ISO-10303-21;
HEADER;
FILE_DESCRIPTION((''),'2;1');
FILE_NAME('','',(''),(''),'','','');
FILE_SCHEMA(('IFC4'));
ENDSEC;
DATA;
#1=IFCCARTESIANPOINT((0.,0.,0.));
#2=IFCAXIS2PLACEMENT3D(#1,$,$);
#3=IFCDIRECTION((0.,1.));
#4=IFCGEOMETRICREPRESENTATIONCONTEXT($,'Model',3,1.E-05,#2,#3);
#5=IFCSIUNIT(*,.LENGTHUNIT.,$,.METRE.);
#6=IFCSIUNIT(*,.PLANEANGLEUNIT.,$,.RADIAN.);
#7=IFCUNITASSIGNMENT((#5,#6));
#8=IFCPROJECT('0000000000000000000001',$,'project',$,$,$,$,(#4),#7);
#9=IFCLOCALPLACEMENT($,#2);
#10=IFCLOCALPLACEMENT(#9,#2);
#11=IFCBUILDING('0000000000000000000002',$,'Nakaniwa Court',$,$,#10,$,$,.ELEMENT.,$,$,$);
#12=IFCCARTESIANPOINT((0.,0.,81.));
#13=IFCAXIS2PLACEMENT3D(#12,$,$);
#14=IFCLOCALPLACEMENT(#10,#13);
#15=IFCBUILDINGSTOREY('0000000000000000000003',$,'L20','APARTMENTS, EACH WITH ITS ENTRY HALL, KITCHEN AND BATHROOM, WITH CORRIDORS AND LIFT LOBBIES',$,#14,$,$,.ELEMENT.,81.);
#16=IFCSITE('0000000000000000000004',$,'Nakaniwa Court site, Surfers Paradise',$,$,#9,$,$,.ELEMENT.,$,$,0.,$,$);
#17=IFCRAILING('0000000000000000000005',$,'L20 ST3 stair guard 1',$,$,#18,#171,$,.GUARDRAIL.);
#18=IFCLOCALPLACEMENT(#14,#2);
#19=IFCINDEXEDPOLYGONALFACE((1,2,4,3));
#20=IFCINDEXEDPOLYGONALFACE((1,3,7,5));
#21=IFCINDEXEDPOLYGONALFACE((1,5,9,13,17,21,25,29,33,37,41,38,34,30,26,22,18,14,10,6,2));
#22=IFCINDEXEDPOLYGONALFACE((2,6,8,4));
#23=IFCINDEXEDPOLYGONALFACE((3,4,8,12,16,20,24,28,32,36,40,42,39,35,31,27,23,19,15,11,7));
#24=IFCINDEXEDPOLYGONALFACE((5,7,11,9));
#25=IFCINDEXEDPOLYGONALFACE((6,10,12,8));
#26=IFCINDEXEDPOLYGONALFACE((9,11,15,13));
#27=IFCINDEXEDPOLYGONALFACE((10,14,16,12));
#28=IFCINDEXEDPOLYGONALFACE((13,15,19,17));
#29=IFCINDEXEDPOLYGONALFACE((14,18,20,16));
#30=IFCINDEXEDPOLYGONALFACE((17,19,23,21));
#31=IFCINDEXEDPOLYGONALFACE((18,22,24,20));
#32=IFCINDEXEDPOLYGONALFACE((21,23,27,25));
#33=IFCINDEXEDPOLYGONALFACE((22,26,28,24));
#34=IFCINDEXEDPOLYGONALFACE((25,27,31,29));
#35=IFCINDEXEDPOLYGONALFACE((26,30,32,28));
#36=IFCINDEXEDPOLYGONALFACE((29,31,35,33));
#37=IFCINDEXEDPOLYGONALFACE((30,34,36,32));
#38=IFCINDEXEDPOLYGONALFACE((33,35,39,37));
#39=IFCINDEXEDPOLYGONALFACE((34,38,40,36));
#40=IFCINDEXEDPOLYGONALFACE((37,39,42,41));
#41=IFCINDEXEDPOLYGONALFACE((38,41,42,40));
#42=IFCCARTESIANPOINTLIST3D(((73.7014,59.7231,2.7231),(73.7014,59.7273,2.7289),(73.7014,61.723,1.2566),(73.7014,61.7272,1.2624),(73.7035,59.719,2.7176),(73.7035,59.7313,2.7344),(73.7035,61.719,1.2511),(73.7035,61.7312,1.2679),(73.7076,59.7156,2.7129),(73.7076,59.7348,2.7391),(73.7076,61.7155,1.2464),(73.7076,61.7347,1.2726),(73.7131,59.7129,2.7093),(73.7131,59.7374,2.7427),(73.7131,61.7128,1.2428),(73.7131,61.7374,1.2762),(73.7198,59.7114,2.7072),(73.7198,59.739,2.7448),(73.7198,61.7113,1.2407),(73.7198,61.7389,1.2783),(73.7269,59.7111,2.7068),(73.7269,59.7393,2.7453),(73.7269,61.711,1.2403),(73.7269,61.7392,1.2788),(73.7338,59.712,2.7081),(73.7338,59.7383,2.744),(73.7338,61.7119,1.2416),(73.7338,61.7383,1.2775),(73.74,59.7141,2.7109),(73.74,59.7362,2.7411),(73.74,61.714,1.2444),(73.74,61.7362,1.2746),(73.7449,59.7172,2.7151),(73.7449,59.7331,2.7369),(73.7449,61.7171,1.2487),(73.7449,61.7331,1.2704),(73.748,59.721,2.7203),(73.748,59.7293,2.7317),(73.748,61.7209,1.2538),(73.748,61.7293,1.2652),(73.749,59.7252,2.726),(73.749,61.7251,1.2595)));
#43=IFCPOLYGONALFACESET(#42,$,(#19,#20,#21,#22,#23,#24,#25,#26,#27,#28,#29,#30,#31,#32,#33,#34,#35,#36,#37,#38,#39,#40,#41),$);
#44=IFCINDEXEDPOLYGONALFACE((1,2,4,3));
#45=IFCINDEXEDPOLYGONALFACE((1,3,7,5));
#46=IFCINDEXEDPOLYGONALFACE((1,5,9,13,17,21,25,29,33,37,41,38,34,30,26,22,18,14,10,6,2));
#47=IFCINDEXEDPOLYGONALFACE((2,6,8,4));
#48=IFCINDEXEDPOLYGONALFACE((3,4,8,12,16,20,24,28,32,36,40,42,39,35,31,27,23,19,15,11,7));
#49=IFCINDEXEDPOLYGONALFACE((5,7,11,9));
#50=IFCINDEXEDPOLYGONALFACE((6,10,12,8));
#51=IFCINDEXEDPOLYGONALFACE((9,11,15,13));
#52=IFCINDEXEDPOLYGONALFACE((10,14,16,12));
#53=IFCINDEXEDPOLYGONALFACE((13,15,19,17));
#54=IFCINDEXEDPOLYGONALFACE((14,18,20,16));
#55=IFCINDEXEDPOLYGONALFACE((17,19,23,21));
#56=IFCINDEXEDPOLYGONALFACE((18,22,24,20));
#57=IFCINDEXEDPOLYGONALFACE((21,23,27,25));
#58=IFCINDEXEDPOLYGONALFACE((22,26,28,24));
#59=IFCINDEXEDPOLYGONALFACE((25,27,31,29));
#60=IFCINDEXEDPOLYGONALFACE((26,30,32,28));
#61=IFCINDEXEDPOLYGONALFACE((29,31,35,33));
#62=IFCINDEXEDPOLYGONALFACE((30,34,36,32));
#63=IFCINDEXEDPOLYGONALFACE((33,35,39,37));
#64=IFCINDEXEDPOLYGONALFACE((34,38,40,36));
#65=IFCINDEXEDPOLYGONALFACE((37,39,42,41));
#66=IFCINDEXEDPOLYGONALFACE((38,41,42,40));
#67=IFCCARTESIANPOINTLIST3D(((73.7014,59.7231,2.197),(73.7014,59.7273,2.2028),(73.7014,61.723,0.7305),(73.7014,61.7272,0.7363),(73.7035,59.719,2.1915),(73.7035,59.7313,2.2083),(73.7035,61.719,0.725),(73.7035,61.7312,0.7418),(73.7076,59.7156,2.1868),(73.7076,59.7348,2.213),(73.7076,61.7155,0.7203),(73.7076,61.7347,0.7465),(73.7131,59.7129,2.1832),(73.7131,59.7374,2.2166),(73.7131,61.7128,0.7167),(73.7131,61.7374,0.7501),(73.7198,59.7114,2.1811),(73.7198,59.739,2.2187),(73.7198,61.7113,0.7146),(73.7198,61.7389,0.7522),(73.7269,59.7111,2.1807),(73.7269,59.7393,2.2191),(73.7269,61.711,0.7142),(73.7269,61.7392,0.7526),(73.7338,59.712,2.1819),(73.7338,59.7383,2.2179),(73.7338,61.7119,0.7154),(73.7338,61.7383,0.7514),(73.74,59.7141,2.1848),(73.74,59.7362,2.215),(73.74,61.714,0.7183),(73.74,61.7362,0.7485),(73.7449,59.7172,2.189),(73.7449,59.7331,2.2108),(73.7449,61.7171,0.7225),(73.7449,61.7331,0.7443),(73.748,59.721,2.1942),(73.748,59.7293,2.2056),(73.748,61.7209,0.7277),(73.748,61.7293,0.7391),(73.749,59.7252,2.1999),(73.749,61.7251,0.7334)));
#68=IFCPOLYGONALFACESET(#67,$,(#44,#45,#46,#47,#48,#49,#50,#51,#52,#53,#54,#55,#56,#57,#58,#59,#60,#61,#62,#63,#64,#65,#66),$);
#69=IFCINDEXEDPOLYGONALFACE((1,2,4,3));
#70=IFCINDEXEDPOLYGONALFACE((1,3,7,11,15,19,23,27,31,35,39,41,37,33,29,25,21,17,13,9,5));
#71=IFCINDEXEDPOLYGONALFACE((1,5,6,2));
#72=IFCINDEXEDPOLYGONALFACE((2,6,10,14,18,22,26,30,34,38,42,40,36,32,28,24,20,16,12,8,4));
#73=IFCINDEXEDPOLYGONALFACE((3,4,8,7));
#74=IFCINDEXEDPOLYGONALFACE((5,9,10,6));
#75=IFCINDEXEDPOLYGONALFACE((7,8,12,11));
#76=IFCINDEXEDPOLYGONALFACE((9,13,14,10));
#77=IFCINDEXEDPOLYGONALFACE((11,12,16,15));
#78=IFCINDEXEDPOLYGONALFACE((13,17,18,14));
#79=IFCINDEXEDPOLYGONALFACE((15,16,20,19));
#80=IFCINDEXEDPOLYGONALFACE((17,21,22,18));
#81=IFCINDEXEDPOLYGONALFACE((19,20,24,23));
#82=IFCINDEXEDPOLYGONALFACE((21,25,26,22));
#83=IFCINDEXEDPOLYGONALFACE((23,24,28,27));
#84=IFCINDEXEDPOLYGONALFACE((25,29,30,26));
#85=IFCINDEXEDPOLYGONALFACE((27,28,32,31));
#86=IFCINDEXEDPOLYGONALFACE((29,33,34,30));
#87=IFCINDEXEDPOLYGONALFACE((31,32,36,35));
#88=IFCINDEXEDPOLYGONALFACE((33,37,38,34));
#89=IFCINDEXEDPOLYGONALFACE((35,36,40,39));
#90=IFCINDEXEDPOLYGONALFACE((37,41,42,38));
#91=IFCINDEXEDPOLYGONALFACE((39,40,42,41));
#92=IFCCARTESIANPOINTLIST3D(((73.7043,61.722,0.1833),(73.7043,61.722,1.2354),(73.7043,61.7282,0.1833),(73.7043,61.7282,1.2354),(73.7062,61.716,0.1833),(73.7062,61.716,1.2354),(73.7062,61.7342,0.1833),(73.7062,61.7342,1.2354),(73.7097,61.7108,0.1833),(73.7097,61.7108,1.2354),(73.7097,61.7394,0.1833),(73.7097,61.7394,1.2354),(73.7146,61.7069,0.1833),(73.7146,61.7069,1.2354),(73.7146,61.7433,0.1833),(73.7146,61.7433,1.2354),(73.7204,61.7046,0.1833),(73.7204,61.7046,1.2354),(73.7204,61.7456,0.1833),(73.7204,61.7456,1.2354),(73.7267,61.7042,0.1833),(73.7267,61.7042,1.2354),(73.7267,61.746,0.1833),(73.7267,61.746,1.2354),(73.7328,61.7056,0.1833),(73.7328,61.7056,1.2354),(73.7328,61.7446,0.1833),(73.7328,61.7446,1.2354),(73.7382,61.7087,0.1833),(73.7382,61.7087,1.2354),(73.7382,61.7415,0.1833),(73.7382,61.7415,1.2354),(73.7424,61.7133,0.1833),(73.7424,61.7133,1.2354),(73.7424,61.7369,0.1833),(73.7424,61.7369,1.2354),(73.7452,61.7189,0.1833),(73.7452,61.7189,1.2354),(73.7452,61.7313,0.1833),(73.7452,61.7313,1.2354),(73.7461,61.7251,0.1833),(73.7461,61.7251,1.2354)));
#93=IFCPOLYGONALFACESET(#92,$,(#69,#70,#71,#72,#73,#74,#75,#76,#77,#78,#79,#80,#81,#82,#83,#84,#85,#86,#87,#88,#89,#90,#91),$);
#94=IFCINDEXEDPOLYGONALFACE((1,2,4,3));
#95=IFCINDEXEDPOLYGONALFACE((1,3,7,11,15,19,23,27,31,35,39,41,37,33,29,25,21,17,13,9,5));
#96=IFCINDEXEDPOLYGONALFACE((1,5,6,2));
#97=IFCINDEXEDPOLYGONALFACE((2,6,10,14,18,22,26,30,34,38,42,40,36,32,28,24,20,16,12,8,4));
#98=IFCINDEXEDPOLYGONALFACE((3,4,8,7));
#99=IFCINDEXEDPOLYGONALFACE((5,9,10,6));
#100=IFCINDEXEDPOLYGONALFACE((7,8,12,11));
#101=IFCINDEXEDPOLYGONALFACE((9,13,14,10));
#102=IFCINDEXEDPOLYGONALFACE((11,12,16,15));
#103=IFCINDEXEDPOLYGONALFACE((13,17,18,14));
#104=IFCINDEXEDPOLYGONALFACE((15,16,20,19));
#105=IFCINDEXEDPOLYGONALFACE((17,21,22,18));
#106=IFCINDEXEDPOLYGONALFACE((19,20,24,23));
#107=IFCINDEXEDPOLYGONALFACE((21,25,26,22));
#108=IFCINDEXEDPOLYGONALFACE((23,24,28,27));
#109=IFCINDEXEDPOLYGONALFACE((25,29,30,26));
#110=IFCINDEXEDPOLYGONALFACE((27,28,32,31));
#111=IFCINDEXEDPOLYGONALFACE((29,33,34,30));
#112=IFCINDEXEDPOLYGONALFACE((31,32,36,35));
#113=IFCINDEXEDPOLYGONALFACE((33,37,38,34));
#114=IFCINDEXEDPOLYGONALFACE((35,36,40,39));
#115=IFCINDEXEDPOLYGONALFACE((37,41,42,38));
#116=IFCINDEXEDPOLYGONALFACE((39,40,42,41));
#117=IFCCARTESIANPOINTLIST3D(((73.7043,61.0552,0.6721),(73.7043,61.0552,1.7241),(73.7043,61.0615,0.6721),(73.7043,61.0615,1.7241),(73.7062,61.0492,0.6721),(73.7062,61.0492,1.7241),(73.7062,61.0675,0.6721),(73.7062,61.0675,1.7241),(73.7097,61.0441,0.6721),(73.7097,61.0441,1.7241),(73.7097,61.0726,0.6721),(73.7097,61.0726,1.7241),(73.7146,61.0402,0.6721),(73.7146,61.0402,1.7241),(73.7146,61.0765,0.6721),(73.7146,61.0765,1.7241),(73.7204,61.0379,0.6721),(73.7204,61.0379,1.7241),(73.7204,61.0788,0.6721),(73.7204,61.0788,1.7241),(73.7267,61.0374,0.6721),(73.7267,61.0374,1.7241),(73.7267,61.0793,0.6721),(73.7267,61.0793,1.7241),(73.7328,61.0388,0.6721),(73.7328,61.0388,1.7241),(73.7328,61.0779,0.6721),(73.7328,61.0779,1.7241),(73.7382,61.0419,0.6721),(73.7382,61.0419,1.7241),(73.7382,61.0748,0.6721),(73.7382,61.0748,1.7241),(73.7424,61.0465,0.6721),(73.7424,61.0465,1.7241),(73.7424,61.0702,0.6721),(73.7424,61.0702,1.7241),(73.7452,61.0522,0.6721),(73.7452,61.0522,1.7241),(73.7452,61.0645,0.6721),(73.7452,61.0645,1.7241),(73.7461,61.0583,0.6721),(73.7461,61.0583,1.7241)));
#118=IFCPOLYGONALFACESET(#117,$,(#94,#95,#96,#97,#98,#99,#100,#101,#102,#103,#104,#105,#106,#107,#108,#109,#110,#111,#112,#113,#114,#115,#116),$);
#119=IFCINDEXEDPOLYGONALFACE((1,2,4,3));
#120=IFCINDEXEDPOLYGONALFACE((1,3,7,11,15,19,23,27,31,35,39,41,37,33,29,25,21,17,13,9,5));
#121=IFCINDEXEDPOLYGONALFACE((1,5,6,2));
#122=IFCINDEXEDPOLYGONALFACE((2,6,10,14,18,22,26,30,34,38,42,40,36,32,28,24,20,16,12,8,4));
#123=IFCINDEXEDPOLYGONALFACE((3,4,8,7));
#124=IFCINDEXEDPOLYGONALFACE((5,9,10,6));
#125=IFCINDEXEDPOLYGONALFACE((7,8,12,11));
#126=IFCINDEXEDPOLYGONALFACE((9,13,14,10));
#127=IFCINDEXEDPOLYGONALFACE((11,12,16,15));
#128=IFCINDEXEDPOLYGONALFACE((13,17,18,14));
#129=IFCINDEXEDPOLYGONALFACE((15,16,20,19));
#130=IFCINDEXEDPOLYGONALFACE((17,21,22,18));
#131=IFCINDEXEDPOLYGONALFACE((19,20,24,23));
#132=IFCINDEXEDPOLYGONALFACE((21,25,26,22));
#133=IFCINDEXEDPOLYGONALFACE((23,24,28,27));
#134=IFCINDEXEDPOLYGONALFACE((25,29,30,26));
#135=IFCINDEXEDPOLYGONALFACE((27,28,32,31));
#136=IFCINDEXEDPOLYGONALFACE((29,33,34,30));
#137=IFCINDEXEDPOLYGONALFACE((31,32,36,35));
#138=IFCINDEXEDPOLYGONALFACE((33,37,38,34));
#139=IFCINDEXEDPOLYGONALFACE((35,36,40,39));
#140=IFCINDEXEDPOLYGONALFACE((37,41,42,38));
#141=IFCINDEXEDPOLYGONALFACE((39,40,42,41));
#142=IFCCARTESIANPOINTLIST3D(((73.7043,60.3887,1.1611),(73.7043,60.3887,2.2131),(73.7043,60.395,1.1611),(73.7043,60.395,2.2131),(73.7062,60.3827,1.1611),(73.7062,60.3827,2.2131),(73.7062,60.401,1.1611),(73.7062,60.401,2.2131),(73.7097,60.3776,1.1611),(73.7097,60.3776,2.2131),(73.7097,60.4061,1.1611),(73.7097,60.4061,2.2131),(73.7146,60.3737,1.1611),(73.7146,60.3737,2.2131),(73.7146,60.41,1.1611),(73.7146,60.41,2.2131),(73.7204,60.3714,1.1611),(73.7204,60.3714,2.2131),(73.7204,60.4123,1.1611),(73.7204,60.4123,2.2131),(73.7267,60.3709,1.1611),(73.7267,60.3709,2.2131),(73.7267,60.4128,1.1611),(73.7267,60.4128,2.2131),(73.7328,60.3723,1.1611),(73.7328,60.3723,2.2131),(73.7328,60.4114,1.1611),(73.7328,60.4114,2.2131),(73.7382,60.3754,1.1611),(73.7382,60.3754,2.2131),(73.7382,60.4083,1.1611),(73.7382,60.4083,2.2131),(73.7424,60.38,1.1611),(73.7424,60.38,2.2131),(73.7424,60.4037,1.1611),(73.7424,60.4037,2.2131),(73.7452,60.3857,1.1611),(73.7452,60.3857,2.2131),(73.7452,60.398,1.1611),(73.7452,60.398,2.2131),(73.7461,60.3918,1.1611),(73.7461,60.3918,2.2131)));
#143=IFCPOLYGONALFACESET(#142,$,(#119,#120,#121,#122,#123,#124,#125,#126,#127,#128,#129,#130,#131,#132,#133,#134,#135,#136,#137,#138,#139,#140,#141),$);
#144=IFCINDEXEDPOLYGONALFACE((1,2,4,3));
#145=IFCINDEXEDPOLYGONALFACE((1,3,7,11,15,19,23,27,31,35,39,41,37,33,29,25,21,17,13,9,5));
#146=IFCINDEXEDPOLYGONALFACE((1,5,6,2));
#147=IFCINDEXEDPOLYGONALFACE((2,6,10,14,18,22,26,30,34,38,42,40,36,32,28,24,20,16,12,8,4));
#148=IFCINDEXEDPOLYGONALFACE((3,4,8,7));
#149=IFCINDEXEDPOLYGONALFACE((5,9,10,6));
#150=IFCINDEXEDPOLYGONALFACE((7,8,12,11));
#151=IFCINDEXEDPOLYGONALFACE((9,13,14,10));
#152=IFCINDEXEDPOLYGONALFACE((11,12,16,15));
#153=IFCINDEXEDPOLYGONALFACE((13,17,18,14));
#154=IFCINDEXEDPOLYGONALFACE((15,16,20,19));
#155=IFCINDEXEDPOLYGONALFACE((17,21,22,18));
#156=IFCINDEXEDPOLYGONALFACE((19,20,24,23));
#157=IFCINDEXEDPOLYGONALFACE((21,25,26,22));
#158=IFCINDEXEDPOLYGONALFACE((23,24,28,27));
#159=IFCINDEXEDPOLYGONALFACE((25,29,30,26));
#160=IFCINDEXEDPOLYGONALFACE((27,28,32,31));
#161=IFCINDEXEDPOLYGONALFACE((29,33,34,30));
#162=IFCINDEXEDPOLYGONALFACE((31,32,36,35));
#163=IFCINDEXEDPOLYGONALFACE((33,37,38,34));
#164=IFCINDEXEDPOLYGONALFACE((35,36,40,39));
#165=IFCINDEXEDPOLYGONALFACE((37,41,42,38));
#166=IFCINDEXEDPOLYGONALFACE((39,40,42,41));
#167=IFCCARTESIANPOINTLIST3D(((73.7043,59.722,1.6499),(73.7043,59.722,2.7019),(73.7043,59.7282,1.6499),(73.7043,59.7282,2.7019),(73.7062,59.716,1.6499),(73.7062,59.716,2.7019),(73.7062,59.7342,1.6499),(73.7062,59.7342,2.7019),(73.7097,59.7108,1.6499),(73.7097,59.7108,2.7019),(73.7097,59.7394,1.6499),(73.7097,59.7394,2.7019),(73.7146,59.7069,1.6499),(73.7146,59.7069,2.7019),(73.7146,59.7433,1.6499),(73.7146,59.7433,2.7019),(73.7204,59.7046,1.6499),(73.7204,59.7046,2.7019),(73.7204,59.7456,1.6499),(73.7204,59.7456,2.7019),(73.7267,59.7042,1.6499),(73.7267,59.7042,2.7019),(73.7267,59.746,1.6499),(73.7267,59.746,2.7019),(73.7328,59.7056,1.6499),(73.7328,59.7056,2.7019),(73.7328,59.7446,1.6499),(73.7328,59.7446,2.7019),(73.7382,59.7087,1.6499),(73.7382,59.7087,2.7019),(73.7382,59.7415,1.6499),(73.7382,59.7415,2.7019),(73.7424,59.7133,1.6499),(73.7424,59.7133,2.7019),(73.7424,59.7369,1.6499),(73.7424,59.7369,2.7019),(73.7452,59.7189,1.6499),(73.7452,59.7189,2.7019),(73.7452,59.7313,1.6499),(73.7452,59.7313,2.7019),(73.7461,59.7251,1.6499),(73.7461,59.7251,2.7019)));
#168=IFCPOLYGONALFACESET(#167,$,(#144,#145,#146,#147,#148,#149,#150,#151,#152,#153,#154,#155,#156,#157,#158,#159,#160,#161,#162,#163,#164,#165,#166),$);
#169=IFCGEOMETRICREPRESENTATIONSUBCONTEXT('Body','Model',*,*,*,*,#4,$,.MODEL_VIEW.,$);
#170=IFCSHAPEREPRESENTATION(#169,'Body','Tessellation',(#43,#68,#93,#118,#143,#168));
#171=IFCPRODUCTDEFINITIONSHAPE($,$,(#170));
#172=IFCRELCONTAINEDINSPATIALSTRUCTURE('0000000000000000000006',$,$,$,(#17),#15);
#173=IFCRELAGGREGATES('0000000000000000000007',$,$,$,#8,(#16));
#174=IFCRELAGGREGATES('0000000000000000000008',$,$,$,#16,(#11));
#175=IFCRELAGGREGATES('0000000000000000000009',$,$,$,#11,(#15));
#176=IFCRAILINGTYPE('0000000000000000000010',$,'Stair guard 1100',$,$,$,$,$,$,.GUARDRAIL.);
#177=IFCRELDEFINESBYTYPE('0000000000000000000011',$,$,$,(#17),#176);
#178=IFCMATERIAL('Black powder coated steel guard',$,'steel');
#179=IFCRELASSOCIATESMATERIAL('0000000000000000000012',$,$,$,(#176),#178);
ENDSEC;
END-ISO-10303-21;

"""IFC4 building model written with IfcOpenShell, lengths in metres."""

from ifc_helpers import new_model, si_unit, direction, frame, origin, origin_2d, place, context, subcontext, project, spatial, circle, extrude, material, type_object, element, save


model = new_model("IFC4")

# Units and contexts
model_context = context("Model", 3, precision=1e-05, world=origin(), true_north=direction((0.0, 1.0)))
body_context = subcontext(model_context, "Body", "Model", "MODEL_VIEW")
ifc_project = project(units=[si_unit("LENGTHUNIT", "METRE"), si_unit("PLANEANGLEUNIT", "RADIAN")], contexts=[model_context])

# Site, building, storey
site_placement = place(None, origin())
site = spatial("IfcSite", under=ifc_project, at=site_placement, Name="Nakaniwa Court site, Surfers Paradise", CompositionType="ELEMENT", RefElevation=0.0)
building_placement = place(site_placement, origin())
building = spatial("IfcBuilding", under=site, at=building_placement, Name="Nakaniwa Court", CompositionType="ELEMENT")
storey_placement = place(building_placement, frame((0.0, 0.0, 81.0)))
storey = spatial("IfcBuildingStorey", under=building, at=storey_placement, Name="L20", Description="APARTMENTS, EACH WITH ITS ENTRY HALL, KITCHEN AND BATHROOM, WITH CORRIDORS AND LIFT LOBBIES", CompositionType="ELEMENT", Elevation=81.0)

# Railing
ifc_material_1 = material(Name="Black powder coated steel guard", Category="steel")
railing_type_1 = type_object("IfcRailingType", Name="Stair guard 1100", PredefinedType="GUARDRAIL", material=ifc_material_1)
railing_1_placement = place(storey_placement, frame((73.7251, 61.7251, 0.1833)))
element("IfcRailing", 1, at=railing_1_placement, inside=storey, type_object=railing_type_1, Name="L20 ST3 stair guard 1", PredefinedType="GUARDRAIL", context=body_context, shape_type="SweptSolid", body=[
    extrude(circle(Radius=0.0239, at=origin_2d()), frame((0.0, 0.0, 1.0762), z_axis=(0.0, -0.806427, 0.591334), x_axis=(1.0, 0.0, 0.0)), (0.0, 0.0, 1.0), 2.48),
    extrude(circle(Radius=0.0239, at=origin_2d()), frame((0.0, 0.0, 0.55), z_axis=(0.0, -0.806427, 0.591334), x_axis=(1.0, 0.0, 0.0)), (0.0, 0.0, 1.0), 2.48),
    extrude(circle(Radius=0.021, at=origin_2d()), origin(), (0.0, 0.0, 1.0), 1.052),
    extrude(circle(Radius=0.021, at=origin_2d()), frame((0.0, -0.6667, 0.4888)), (0.0, 0.0, 1.0), 1.052),
    extrude(circle(Radius=0.021, at=origin_2d()), frame((0.0, -1.3333, 0.9778)), (0.0, 0.0, 1.0), 1.052),
    extrude(circle(Radius=0.021, at=origin_2d()), frame((0.0, -2.0, 1.4666)), (0.0, 0.0, 1.0), 1.052),
])

save(model, "model.ifc")
